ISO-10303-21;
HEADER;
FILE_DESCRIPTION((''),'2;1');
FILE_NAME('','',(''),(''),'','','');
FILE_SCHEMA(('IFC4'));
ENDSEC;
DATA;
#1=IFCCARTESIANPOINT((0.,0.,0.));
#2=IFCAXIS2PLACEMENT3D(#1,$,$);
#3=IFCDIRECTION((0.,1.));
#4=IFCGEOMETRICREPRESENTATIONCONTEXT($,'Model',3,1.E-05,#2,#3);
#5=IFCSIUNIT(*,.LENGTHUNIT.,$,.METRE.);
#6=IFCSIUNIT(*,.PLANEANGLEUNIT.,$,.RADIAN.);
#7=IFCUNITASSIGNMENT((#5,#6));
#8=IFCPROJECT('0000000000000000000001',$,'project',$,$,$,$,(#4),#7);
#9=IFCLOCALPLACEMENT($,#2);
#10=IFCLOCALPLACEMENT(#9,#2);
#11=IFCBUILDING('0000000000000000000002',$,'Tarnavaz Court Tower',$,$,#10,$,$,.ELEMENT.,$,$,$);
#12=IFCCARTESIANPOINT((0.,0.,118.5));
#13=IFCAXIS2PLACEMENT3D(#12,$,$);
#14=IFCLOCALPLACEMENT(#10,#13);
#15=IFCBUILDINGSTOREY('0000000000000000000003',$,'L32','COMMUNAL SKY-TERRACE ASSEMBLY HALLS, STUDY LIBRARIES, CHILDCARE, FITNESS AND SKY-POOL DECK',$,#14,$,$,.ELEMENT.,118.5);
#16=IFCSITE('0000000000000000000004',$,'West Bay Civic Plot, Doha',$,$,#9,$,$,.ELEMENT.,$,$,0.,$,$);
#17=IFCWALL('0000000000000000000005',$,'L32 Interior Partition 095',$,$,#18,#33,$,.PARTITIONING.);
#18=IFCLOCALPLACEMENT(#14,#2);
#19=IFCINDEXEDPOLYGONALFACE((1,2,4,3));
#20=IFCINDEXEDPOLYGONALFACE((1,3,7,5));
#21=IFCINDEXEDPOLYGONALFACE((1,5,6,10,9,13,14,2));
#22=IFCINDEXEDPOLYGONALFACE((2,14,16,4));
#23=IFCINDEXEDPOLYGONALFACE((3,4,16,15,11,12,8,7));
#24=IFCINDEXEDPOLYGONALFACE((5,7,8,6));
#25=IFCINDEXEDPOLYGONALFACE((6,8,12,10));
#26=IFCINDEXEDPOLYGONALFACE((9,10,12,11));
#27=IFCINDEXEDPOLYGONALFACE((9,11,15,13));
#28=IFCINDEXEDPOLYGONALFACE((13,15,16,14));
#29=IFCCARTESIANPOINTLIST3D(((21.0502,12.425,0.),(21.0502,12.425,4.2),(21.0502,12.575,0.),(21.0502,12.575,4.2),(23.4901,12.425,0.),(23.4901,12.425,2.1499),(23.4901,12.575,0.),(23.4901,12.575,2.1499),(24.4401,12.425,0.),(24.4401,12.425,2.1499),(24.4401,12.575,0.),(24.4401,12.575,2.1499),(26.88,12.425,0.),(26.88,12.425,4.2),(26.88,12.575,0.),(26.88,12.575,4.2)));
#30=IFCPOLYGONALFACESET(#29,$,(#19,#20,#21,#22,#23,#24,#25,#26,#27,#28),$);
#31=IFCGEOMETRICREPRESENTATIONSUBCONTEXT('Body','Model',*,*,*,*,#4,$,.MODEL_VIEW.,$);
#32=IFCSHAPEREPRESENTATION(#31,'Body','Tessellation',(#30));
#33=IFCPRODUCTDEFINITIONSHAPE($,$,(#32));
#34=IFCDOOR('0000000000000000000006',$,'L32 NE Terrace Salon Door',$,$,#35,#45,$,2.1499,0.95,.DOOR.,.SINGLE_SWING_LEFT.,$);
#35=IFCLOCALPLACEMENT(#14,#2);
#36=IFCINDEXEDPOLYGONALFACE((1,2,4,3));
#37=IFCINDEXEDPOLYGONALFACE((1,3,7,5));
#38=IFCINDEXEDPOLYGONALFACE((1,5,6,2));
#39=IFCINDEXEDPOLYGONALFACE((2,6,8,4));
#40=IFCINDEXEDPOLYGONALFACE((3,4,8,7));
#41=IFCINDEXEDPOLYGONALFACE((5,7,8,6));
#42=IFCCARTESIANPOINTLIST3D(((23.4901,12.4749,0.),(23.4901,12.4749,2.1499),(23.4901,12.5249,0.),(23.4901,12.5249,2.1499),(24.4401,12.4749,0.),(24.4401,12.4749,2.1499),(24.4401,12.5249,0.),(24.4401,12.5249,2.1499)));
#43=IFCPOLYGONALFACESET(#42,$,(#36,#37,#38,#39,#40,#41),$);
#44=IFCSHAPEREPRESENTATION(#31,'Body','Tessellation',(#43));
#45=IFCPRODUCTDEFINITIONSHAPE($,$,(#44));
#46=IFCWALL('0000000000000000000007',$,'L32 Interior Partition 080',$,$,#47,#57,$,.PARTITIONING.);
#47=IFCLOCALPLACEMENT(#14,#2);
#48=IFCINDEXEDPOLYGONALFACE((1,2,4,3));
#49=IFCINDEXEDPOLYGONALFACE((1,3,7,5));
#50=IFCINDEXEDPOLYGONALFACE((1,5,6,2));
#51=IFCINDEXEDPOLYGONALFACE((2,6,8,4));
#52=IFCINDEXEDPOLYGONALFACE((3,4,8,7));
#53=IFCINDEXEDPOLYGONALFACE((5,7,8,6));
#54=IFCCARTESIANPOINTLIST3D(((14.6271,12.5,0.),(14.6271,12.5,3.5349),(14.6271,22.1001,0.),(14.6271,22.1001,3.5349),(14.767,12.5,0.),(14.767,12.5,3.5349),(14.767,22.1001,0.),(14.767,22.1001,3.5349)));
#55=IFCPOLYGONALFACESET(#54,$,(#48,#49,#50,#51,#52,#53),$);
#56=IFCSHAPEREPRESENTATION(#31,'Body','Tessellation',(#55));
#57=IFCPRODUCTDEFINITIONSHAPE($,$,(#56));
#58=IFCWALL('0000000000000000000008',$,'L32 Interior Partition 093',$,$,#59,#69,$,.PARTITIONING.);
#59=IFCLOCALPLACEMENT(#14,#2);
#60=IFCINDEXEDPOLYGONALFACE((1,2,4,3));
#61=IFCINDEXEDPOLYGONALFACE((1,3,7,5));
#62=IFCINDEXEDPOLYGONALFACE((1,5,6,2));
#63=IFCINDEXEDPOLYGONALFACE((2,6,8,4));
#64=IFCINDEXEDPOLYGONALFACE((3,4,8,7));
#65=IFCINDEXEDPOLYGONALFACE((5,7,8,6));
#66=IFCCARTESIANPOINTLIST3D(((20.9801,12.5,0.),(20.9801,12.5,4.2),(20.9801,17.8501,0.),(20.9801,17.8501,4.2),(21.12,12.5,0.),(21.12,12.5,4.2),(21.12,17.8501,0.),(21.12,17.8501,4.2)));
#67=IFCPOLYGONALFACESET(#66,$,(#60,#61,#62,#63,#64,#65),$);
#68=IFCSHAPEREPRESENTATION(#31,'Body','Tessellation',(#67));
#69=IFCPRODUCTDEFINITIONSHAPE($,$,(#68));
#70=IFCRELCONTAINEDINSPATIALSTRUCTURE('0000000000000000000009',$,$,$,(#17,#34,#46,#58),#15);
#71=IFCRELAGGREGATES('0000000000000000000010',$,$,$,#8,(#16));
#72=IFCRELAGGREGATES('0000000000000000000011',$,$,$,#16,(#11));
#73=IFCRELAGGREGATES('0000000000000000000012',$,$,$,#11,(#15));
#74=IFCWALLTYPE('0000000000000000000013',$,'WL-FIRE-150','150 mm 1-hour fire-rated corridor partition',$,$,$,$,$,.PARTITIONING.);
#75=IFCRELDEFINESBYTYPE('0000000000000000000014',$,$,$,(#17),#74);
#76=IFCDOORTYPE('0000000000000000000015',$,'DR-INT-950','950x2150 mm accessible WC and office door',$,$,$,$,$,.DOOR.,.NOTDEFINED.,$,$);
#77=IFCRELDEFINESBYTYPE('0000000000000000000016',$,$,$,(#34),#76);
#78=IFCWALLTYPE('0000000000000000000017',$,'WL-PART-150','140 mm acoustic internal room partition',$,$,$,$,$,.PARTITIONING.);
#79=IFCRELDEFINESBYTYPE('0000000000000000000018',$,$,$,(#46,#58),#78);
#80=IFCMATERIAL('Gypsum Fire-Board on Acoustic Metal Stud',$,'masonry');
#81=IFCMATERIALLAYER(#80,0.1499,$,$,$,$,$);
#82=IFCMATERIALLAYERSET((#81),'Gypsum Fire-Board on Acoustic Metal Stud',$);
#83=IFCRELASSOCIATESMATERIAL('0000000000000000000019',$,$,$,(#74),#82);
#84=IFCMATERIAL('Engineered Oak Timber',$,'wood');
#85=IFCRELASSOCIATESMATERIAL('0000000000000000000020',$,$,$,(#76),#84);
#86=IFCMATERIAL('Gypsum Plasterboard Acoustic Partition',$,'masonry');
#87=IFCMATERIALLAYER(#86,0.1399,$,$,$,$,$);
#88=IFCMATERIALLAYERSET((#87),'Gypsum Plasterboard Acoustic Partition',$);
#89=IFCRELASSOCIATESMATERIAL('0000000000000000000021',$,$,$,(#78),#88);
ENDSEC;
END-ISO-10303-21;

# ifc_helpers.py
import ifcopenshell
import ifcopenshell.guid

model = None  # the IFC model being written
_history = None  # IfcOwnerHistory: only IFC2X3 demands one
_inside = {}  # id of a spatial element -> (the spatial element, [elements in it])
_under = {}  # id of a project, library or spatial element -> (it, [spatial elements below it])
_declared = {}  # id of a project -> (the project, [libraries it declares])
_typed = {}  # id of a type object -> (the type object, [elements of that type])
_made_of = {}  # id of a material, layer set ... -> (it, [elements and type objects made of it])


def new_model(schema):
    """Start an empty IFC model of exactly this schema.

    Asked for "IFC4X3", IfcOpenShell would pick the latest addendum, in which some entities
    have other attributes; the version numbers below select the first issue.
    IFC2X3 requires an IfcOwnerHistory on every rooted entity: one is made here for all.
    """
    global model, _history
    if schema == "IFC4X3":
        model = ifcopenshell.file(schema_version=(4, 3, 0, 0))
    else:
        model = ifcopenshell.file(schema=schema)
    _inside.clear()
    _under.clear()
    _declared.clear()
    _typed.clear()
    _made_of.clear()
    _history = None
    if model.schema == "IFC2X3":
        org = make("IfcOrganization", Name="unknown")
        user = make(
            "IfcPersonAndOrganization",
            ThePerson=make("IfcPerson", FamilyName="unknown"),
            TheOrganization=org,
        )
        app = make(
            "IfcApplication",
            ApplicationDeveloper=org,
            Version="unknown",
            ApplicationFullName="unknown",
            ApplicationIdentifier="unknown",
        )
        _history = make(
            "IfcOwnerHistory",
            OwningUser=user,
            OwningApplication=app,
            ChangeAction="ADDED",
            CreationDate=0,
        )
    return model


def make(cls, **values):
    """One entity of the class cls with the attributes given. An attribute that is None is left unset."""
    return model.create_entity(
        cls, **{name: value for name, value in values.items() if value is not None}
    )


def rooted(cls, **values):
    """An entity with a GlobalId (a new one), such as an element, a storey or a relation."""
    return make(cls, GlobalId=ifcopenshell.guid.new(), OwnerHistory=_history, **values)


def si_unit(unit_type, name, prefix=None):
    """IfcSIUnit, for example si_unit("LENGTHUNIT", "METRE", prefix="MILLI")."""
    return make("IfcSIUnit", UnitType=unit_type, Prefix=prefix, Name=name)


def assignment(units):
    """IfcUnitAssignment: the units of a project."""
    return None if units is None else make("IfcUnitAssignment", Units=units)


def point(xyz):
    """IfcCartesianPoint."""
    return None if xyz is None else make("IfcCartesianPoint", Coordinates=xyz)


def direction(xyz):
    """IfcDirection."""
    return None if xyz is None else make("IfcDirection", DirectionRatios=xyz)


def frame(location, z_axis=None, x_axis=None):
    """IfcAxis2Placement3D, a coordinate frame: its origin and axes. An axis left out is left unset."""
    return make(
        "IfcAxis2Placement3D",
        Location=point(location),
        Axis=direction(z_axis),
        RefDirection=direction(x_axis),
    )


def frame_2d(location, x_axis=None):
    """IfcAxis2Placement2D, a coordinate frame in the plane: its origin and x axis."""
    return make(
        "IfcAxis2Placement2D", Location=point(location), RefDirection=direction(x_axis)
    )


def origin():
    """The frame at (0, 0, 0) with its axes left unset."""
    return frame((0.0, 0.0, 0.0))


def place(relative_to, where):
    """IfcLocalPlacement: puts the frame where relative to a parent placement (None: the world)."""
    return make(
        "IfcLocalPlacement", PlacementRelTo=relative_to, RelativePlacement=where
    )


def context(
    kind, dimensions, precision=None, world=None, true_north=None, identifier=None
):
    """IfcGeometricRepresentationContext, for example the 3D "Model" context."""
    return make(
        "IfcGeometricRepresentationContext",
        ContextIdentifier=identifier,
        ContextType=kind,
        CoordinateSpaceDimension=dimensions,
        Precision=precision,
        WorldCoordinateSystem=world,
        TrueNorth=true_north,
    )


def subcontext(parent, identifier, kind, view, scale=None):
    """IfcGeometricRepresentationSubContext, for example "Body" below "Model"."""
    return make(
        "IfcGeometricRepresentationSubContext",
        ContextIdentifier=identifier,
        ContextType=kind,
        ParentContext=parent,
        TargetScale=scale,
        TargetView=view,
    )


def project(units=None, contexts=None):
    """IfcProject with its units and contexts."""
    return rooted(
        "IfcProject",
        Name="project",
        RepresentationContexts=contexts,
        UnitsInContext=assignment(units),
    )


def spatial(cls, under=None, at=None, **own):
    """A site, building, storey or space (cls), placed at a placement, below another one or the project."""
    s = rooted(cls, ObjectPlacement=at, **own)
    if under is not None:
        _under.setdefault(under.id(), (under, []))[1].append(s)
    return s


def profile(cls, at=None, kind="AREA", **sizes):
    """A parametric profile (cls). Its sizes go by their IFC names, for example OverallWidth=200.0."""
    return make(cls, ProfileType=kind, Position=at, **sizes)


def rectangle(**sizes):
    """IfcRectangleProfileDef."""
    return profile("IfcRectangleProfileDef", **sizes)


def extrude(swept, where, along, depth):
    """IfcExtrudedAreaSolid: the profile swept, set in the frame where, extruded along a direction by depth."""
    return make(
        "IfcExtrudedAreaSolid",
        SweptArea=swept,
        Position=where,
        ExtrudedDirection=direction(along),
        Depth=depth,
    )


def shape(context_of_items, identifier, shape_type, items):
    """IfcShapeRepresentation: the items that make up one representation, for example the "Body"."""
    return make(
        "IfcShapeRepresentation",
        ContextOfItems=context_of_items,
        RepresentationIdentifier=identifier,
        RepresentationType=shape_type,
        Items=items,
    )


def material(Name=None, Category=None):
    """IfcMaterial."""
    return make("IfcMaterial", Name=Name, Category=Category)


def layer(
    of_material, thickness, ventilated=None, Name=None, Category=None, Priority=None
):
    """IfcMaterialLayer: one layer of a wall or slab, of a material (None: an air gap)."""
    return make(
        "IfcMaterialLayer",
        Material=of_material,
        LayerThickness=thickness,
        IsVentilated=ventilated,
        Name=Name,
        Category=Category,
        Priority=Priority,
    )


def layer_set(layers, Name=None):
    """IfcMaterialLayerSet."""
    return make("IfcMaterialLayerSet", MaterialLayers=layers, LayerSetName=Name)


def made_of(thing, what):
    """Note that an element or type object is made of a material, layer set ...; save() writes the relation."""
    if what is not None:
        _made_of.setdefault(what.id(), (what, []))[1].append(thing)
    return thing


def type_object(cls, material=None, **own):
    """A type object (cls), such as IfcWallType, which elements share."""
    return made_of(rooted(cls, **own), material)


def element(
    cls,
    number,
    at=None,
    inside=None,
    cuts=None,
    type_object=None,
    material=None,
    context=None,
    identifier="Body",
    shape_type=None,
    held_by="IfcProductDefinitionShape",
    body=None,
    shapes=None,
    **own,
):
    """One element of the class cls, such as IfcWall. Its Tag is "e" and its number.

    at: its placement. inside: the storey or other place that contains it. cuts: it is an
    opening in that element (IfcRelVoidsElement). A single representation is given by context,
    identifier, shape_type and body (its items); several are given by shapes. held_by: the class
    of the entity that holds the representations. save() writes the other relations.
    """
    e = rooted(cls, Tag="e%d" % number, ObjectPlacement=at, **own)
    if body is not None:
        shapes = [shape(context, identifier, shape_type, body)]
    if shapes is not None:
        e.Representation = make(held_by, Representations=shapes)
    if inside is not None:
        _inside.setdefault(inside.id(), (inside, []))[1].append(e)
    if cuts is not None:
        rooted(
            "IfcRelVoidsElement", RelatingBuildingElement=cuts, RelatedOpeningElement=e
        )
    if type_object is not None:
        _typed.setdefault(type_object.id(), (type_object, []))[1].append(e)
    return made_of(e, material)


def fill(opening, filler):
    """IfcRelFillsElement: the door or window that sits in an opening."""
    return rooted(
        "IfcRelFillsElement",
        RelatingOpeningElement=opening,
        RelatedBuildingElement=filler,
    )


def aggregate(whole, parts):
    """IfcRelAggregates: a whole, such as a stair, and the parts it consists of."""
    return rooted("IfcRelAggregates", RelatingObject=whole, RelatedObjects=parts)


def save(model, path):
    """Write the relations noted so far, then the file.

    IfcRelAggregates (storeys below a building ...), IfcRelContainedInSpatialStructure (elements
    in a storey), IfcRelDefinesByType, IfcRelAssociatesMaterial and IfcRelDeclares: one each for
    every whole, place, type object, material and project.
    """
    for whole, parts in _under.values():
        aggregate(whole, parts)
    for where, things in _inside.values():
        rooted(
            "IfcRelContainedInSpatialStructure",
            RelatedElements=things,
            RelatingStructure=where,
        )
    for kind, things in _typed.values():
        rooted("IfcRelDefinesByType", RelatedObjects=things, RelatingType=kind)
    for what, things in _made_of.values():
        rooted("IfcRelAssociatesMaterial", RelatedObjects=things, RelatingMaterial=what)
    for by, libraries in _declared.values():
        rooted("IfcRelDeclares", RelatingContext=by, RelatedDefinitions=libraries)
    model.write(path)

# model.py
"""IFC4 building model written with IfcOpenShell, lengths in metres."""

from ifc_helpers import new_model, si_unit, direction, frame, frame_2d, origin, place, context, subcontext, project, spatial, rectangle, extrude, material, layer, layer_set, type_object, element, fill, save


model = new_model("IFC4")

# Units and contexts
model_context = context("Model", 3, precision=1e-05, world=origin(), true_north=direction((0.0, 1.0)))
body_context = subcontext(model_context, "Body", "Model", "MODEL_VIEW")
ifc_project = project(units=[si_unit("LENGTHUNIT", "METRE"), si_unit("PLANEANGLEUNIT", "RADIAN")], contexts=[model_context])

# Site, building, storey
site_placement = place(None, origin())
site = spatial("IfcSite", under=ifc_project, at=site_placement, Name="West Bay Civic Plot, Doha", CompositionType="ELEMENT", RefElevation=0.0)
building_placement = place(site_placement, origin())
building = spatial("IfcBuilding", under=site, at=building_placement, Name="Tarnavaz Court Tower", CompositionType="ELEMENT")
storey_placement = place(building_placement, frame((0.0, 0.0, 118.5)))
storey = spatial("IfcBuildingStorey", under=building, at=storey_placement, Name="L32", Description="COMMUNAL SKY-TERRACE ASSEMBLY HALLS, STUDY LIBRARIES, CHILDCARE, FITNESS AND SKY-POOL DECK", CompositionType="ELEMENT", Elevation=118.5)

# Wall, opening, door
ifc_material_1 = material(Name="Gypsum Fire-Board on Acoustic Metal Stud", Category="masonry")
ifc_layer_1 = layer(ifc_material_1, 0.1499)
ifc_layer_set_1 = layer_set([ifc_layer_1], Name="Gypsum Fire-Board on Acoustic Metal Stud")
wall_type_1 = type_object("IfcWallType", Name="WL-FIRE-150", Description="150 mm 1-hour fire-rated corridor partition", PredefinedType="PARTITIONING", material=ifc_layer_set_1)
wall_1_placement = place(storey_placement, frame((21.05, 12.5, 0.0), z_axis=(0.0, 0.0, 1.0), x_axis=(1.0, 0.0, 0.0)))
wall_1 = element("IfcWall", 1, at=wall_1_placement, inside=storey, type_object=wall_type_1, Name="L32 Interior Partition 095", PredefinedType="PARTITIONING", context=body_context, shape_type="SweptSolid", body=[
    extrude(rectangle(XDim=5.8298, YDim=0.1499, at=frame_2d((2.915, 0.0))), origin(), (0.0, 0.0, 1.0), 4.2),
])
opening_1_placement = place(wall_1_placement, frame((2.4399, 0.0, 0.0)))
opening_1 = element("IfcOpeningElement", 2, at=opening_1_placement, cuts=wall_1, PredefinedType="OPENING", context=body_context, shape_type="SweptSolid", body=[
    extrude(rectangle(XDim=0.95, YDim=2.1499, at=frame_2d((0.4751, 1.075))), frame((0.0, 0.085, 0.0), z_axis=(0.0, -1.0, 0.0), x_axis=(1.0, 0.0, 0.0)), (0.0, 0.0, 1.0), 0.1699),
])
ifc_material_2 = material(Name="Engineered Oak Timber", Category="wood")
door_type_1 = type_object("IfcDoorType", Name="DR-INT-950", Description="950x2150 mm accessible WC and office door", OperationType="NOTDEFINED", PredefinedType="DOOR", material=ifc_material_2)
door_1_placement = place(opening_1_placement, origin())
door_1 = element("IfcDoor", 3, at=door_1_placement, inside=storey, type_object=door_type_1, Name="L32 NE Terrace Salon Door", OperationType="SINGLE_SWING_LEFT", OverallHeight=2.1499, OverallWidth=0.95, PredefinedType="DOOR", context=body_context, shape_type="SweptSolid", body=[
    extrude(rectangle(XDim=0.95, YDim=2.1499, at=frame_2d((0.4751, 1.075))), frame((0.0, 0.0249, 0.0), z_axis=(0.0, -1.0, 0.0), x_axis=(1.0, 0.0, 0.0)), (0.0, 0.0, 1.0), 0.05),
])
fill(opening_1, door_1)

# Walls
ifc_material_3 = material(Name="Gypsum Plasterboard Acoustic Partition", Category="masonry")
ifc_layer_2 = layer(ifc_material_3, 0.1399)
ifc_layer_set_2 = layer_set([ifc_layer_2], Name="Gypsum Plasterboard Acoustic Partition")
wall_type_2 = type_object("IfcWallType", Name="WL-PART-150", Description="140 mm acoustic internal room partition", PredefinedType="PARTITIONING", material=ifc_layer_set_2)
wall_2_placement = place(storey_placement, frame((14.697, 12.5, 0.0), z_axis=(0.0, 0.0, 1.0), x_axis=(0.0, 1.0, 0.0)))
element("IfcWall", 4, at=wall_2_placement, inside=storey, type_object=wall_type_2, Name="L32 Interior Partition 080", PredefinedType="PARTITIONING", context=body_context, shape_type="SweptSolid", body=[
    extrude(rectangle(XDim=9.6001, YDim=0.1399, at=frame_2d((4.8, 0.0))), origin(), (0.0, 0.0, 1.0), 3.5349),
])
wall_3_placement = place(storey_placement, frame((21.05, 12.5, 0.0), z_axis=(0.0, 0.0, 1.0), x_axis=(0.0, 1.0, 0.0)))
element("IfcWall", 5, at=wall_3_placement, inside=storey, type_object=wall_type_2, Name="L32 Interior Partition 093", PredefinedType="PARTITIONING", context=body_context, shape_type="SweptSolid", body=[
    extrude(rectangle(XDim=5.3501, YDim=0.1399, at=frame_2d((2.675, 0.0))), origin(), (0.0, 0.0, 1.0), 4.2),
])

save(model, "model.ifc")
